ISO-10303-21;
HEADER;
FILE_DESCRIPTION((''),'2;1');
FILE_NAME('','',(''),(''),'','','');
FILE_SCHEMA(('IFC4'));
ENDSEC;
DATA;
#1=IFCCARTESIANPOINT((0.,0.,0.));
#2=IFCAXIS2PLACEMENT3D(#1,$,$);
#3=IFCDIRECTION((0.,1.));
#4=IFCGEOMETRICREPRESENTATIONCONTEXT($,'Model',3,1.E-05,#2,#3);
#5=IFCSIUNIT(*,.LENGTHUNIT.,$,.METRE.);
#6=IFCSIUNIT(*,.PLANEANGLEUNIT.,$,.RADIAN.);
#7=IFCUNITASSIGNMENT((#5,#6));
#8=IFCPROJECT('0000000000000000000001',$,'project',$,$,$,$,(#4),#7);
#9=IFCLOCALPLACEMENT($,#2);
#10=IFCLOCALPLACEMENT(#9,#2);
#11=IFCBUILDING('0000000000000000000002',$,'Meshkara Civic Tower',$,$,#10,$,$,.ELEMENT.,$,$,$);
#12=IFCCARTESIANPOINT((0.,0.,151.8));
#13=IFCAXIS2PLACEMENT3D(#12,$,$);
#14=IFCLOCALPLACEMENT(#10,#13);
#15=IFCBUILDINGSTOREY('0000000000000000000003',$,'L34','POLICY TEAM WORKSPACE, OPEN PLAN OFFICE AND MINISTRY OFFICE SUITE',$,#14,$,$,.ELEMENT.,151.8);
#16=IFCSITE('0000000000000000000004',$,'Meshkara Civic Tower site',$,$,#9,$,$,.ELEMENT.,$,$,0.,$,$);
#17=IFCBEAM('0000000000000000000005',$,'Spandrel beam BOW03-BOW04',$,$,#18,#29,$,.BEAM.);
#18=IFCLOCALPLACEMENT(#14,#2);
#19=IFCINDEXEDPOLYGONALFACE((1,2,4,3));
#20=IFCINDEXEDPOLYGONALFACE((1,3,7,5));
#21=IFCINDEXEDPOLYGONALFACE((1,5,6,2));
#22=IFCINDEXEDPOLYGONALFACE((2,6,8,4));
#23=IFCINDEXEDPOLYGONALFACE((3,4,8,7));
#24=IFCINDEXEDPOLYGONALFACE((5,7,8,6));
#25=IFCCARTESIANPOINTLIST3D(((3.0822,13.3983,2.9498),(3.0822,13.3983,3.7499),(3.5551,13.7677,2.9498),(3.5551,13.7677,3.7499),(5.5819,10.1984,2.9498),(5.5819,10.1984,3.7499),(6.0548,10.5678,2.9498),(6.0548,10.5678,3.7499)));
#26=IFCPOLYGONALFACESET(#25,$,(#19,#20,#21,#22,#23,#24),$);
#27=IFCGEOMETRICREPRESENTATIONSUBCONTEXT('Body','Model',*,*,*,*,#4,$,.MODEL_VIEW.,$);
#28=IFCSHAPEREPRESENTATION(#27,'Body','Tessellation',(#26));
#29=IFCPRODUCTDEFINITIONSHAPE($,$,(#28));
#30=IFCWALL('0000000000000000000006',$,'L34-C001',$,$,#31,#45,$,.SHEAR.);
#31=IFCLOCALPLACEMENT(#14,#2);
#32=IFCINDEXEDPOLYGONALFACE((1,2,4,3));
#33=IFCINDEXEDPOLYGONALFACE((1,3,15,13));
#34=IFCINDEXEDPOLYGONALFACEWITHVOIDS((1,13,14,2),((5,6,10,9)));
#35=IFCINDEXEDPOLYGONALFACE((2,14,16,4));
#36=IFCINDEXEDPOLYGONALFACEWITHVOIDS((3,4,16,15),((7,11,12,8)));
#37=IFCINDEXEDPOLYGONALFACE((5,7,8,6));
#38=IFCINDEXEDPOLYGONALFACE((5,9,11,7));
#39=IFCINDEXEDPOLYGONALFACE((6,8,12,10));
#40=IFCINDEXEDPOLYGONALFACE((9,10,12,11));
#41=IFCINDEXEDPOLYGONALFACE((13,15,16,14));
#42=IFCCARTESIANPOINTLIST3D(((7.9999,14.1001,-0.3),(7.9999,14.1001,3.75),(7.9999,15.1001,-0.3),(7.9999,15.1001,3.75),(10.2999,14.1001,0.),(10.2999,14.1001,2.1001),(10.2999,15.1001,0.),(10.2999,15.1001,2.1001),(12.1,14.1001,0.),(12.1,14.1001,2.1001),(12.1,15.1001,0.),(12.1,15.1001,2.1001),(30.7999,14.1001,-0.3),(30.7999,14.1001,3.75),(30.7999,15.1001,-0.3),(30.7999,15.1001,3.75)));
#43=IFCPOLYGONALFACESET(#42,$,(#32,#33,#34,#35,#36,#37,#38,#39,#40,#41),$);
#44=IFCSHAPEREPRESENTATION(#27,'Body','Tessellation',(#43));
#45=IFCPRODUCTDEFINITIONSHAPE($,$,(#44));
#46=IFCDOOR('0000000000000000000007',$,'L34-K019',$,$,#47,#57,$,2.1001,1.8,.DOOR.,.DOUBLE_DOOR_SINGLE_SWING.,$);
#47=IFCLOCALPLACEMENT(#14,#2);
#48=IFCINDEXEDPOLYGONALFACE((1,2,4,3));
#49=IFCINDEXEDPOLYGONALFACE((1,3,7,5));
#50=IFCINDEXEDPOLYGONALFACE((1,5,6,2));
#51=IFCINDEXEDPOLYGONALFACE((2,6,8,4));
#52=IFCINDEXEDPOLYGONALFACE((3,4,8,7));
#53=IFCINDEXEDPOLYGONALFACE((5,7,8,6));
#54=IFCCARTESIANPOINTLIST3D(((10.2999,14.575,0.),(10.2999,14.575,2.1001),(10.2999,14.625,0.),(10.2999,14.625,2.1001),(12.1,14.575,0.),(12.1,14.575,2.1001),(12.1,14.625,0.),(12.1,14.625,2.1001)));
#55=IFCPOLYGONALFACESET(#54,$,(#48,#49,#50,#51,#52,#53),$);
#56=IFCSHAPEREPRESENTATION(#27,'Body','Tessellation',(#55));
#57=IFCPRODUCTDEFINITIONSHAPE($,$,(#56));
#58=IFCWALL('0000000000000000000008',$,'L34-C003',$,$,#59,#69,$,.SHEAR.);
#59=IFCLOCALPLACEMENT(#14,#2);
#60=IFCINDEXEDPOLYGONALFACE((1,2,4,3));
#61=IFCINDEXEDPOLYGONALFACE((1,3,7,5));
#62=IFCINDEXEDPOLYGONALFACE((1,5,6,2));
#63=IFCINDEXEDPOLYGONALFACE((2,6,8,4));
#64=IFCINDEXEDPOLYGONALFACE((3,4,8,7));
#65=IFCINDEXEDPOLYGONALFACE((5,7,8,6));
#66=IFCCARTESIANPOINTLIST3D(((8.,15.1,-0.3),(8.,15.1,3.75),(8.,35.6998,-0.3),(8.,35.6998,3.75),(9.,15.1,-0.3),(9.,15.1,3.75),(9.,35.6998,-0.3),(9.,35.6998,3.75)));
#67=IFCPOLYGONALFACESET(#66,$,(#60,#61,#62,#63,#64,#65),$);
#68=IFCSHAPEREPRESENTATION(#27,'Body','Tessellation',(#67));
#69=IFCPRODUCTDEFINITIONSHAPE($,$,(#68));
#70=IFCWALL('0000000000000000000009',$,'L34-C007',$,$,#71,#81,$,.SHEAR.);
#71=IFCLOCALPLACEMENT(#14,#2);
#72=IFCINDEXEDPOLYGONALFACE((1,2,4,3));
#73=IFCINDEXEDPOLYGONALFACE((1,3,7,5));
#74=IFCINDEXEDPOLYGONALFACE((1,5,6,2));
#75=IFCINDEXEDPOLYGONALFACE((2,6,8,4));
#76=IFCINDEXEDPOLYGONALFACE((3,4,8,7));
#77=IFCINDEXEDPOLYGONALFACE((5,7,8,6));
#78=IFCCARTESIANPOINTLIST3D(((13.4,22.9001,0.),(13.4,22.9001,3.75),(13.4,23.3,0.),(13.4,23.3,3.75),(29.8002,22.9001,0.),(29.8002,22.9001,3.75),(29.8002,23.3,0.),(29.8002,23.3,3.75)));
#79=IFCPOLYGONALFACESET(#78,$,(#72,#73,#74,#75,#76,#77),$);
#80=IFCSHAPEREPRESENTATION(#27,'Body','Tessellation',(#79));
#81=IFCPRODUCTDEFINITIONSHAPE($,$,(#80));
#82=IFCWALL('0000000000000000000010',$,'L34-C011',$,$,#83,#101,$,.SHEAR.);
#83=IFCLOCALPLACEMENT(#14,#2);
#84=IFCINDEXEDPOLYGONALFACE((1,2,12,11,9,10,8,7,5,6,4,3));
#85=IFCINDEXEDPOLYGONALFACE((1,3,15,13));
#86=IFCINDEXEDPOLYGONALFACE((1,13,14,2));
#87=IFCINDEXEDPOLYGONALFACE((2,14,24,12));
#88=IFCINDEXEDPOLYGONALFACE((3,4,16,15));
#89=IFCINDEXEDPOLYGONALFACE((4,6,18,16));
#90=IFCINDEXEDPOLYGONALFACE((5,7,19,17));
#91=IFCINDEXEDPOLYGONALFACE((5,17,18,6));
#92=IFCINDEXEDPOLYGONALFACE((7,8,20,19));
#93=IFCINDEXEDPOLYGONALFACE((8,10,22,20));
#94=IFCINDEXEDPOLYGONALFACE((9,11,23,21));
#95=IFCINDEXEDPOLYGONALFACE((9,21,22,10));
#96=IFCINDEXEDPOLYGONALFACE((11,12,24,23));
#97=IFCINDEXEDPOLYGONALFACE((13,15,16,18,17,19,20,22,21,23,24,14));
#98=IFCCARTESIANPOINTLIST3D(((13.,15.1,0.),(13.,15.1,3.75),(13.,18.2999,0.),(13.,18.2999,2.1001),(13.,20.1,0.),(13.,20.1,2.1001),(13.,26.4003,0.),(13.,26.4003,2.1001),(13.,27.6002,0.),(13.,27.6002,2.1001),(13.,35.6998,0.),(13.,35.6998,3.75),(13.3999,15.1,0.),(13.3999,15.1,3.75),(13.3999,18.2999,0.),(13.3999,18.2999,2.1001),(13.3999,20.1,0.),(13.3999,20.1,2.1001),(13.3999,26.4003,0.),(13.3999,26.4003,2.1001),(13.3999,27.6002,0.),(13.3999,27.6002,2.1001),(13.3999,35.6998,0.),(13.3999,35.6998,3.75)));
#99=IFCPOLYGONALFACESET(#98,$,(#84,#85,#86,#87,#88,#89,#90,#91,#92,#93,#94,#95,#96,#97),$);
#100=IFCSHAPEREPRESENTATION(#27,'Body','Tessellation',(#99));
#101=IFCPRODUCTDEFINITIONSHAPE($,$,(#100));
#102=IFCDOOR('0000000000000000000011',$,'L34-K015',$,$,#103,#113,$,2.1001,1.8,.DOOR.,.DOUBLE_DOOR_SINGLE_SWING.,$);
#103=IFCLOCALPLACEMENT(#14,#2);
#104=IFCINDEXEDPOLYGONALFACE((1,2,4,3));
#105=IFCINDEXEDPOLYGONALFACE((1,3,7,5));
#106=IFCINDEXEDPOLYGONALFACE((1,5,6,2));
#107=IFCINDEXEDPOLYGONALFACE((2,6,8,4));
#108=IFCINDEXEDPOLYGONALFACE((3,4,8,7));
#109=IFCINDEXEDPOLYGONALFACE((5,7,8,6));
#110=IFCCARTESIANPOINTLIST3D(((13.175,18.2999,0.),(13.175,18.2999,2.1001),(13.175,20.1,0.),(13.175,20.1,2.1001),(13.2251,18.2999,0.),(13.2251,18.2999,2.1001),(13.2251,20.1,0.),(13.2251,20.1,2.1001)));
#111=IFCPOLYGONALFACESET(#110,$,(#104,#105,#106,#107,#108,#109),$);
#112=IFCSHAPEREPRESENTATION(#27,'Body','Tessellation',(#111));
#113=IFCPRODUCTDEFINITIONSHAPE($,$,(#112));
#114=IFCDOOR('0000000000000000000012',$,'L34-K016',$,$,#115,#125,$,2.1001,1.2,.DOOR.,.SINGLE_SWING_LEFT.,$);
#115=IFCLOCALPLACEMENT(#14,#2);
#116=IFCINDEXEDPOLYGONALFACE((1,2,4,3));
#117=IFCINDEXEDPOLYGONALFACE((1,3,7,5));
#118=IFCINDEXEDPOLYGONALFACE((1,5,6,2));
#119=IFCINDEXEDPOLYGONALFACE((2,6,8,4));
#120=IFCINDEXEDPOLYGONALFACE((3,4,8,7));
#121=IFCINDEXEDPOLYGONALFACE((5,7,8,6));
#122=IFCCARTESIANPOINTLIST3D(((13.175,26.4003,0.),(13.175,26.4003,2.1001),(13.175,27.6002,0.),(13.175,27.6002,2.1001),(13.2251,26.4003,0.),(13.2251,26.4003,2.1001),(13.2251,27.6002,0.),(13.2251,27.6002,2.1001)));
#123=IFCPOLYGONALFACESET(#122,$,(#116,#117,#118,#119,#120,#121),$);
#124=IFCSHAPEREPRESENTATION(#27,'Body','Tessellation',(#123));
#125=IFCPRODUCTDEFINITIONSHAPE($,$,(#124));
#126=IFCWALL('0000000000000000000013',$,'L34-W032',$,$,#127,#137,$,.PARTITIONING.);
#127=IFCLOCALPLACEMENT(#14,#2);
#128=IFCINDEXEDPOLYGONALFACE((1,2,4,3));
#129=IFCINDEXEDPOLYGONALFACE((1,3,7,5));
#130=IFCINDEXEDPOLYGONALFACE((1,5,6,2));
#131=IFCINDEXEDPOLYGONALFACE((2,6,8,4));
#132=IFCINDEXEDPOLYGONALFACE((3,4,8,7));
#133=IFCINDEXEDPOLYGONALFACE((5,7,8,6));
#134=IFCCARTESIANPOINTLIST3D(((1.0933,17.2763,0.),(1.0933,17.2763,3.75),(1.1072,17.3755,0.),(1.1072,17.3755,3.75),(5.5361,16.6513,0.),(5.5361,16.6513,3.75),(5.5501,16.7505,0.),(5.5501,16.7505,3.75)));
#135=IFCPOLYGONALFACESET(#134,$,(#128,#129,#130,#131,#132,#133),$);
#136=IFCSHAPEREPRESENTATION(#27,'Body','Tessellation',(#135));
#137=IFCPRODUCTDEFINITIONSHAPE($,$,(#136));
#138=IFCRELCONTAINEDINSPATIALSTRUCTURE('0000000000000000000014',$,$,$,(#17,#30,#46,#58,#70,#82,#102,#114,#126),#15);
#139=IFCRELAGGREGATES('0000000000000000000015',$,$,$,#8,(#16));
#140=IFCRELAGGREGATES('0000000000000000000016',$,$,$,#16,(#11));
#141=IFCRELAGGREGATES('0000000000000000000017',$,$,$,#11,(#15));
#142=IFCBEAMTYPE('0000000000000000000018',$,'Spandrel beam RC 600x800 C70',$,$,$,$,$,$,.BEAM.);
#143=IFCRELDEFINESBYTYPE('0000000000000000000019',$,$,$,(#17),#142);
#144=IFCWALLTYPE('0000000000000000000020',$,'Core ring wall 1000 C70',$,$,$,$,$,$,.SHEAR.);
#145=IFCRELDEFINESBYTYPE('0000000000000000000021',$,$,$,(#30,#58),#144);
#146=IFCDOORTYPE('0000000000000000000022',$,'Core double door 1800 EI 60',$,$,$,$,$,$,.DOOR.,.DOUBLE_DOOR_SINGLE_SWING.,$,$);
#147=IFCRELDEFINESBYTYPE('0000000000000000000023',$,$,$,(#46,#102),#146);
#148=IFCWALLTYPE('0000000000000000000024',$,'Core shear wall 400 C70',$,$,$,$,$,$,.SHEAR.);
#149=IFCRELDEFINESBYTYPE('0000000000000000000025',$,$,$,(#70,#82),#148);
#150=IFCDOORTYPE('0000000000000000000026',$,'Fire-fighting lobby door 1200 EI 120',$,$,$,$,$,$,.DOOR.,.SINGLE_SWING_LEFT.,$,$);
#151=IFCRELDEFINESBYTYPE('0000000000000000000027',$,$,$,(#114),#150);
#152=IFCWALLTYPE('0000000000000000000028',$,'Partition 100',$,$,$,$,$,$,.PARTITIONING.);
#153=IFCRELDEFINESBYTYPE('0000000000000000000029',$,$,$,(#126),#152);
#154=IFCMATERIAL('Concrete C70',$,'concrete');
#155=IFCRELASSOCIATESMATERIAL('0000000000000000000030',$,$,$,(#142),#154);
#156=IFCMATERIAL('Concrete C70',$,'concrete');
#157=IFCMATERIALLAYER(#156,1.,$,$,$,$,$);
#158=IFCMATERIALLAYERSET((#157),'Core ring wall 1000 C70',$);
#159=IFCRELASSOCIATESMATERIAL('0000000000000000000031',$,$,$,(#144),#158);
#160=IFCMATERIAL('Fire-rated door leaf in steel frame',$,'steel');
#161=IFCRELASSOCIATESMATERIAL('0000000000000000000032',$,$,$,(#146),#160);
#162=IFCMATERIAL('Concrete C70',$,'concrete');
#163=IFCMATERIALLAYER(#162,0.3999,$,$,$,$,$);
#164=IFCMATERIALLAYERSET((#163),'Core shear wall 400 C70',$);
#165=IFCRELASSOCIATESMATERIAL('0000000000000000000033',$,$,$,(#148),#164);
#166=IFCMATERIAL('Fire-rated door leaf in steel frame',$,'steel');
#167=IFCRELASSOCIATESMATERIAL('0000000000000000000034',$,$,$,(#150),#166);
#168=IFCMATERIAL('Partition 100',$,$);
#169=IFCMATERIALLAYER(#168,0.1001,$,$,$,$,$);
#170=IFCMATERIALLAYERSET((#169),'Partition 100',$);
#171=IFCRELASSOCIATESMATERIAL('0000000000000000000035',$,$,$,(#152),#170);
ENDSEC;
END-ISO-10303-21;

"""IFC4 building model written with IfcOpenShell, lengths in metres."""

from ifc_helpers import new_model, si_unit, direction, frame, frame_2d, origin, origin_2d, place, context, subcontext, project, spatial, rectangle, extrude, material, layer, layer_set, material_profile, profile_set, type_object, element, fill, save


model = new_model("IFC4")

# Units and contexts
model_context = context("Model", 3, precision=1e-05, world=origin(), true_north=direction((0.0, 1.0)))
body_context = subcontext(model_context, "Body", "Model", "MODEL_VIEW")
ifc_project = project(units=[si_unit("LENGTHUNIT", "METRE"), si_unit("PLANEANGLEUNIT", "RADIAN")], contexts=[model_context])

# Site, building, storey
site_placement = place(None, origin())
site = spatial("IfcSite", under=ifc_project, at=site_placement, Name="Meshkara Civic Tower site", CompositionType="ELEMENT", RefElevation=0.0)
building_placement = place(site_placement, origin())
building = spatial("IfcBuilding", under=site, at=building_placement, Name="Meshkara Civic Tower", CompositionType="ELEMENT")
storey_placement = place(building_placement, frame((0.0, 0.0, 151.8)))
storey = spatial("IfcBuildingStorey", under=building, at=storey_placement, Name="L34", Description="POLICY TEAM WORKSPACE, OPEN PLAN OFFICE AND MINISTRY OFFICE SUITE", CompositionType="ELEMENT", Elevation=151.8)

# Beam
ifc_material_1 = material(Name="Concrete C70", Category="concrete")
ifc_material_profile = material_profile(ifc_material_1, rectangle(XDim=0.6001, YDim=0.8, at=origin_2d()))
ifc_profile_set = profile_set([ifc_material_profile], Name="Concrete C70")
beam_type = type_object("IfcBeamType", Name="Spandrel beam RC 600x800 C70", PredefinedType="BEAM", material=ifc_profile_set)
beam_placement = place(storey_placement, frame((3.3186, 13.583, 3.3499), z_axis=(0.615613, -0.788049, 0.0), x_axis=(0.788049, 0.615613, 0.0)))
element("IfcBeam", 1, at=beam_placement, inside=storey, type_object=beam_type, Name="Spandrel beam BOW03-BOW04", PredefinedType="BEAM", context=body_context, shape_type="SweptSolid", body=[
    extrude(rectangle(XDim=0.6001, YDim=0.8, at=origin_2d()), origin(), (0.0, 0.0, 1.0), 4.0605),
])

# Wall, opening, door
ifc_material_2 = material(Name="Concrete C70", Category="concrete")
ifc_layer_1 = layer(ifc_material_2, 1.0)
ifc_layer_set_1 = layer_set([ifc_layer_1], Name="Core ring wall 1000 C70")
wall_type_1 = type_object("IfcWallType", Name="Core ring wall 1000 C70", PredefinedType="SHEAR", material=ifc_layer_set_1)
wall_1_placement = place(storey_placement, frame((8.0, 14.6001, -0.3), z_axis=(0.0, 0.0, 1.0), x_axis=(1.0, 0.0, 0.0)))
wall_1 = element("IfcWall", 2, at=wall_1_placement, inside=storey, type_object=wall_type_1, Name="L34-C001", PredefinedType="SHEAR", context=body_context, shape_type="SweptSolid", body=[
    extrude(rectangle(XDim=22.8, YDim=1.0, at=frame_2d((11.3999, 0.0))), origin(), (0.0, 0.0, 1.0), 4.05),
])
opening_1_placement = place(wall_1_placement, frame((2.3, 0.0, 0.3)))
opening_1 = element("IfcOpeningElement", 3, at=opening_1_placement, cuts=wall_1, PredefinedType="OPENING", context=body_context, shape_type="SweptSolid", body=[
    extrude(rectangle(XDim=1.8, YDim=2.1001, at=frame_2d((0.8999, 1.05))), frame((0.0, 0.51, 0.0), z_axis=(0.0, -1.0, 0.0), x_axis=(1.0, 0.0, 0.0)), (0.0, 0.0, 1.0), 1.02),
])
ifc_material_3 = material(Name="Fire-rated door leaf in steel frame", Category="steel")
door_type_1 = type_object("IfcDoorType", Name="Core double door 1800 EI 60", OperationType="DOUBLE_DOOR_SINGLE_SWING", PredefinedType="DOOR", material=ifc_material_3)
door_1_placement = place(opening_1_placement, origin())
door_1 = element("IfcDoor", 4, at=door_1_placement, inside=storey, type_object=door_type_1, Name="L34-K019", OperationType="DOUBLE_DOOR_SINGLE_SWING", OverallHeight=2.1001, OverallWidth=1.8, PredefinedType="DOOR", context=body_context, shape_type="SweptSolid", body=[
    extrude(rectangle(XDim=1.8, YDim=2.1001, at=frame_2d((0.8999, 1.05))), frame((0.0, 0.0249, 0.0), z_axis=(0.0, -1.0, 0.0), x_axis=(1.0, 0.0, 0.0)), (0.0, 0.0, 1.0), 0.05),
])
fill(opening_1, door_1)

# Walls
wall_2_placement = place(storey_placement, frame((8.5, 15.1001, -0.3), z_axis=(0.0, 0.0, 1.0), x_axis=(0.0, 1.0, 0.0)))
element("IfcWall", 5, at=wall_2_placement, inside=storey, type_object=wall_type_1, Name="L34-C003", PredefinedType="SHEAR", context=body_context, shape_type="SweptSolid", body=[
    extrude(rectangle(XDim=20.5999, YDim=1.0, at=frame_2d((10.2998, 0.0))), origin(), (0.0, 0.0, 1.0), 4.05),
])
ifc_material_4 = material(Name="Concrete C70", Category="concrete")
ifc_layer_2 = layer(ifc_material_4, 0.3999)
ifc_layer_set_2 = layer_set([ifc_layer_2], Name="Core shear wall 400 C70")
wall_type_2 = type_object("IfcWallType", Name="Core shear wall 400 C70", PredefinedType="SHEAR", material=ifc_layer_set_2)
wall_3_placement = place(storey_placement, frame((13.3999, 23.1001, 0.0), z_axis=(0.0, 0.0, 1.0), x_axis=(1.0, 0.0, 0.0)))
element("IfcWall", 6, at=wall_3_placement, inside=storey, type_object=wall_type_2, Name="L34-C007", PredefinedType="SHEAR", context=body_context, shape_type="SweptSolid", body=[
    extrude(rectangle(XDim=16.4001, YDim=0.3999, at=frame_2d((8.2002, 0.0))), origin(), (0.0, 0.0, 1.0), 3.75),
])

# Wall, openings, doors
wall_4_placement = place(storey_placement, frame((13.2, 15.1001, 0.0), z_axis=(0.0, 0.0, 1.0), x_axis=(0.0, 1.0, 0.0)))
wall_4 = element("IfcWall", 7, at=wall_4_placement, inside=storey, type_object=wall_type_2, Name="L34-C011", PredefinedType="SHEAR", context=body_context, shape_type="SweptSolid", body=[
    extrude(rectangle(XDim=20.5999, YDim=0.3999, at=frame_2d((10.2998, 0.0))), origin(), (0.0, 0.0, 1.0), 3.75),
])
opening_2_placement = place(wall_4_placement, frame((3.2, 0.0, 0.0)))
opening_2 = element("IfcOpeningElement", 8, at=opening_2_placement, cuts=wall_4, PredefinedType="OPENING", context=body_context, shape_type="SweptSolid", body=[
    extrude(rectangle(XDim=1.8, YDim=2.1001, at=frame_2d((0.8999, 1.05))), frame((0.0, 0.21, 0.0), z_axis=(0.0, -1.0, 0.0), x_axis=(1.0, 0.0, 0.0)), (0.0, 0.0, 1.0), 0.4199),
])
opening_3_placement = place(wall_4_placement, frame((11.3, 0.0, 0.0)))
opening_3 = element("IfcOpeningElement", 9, at=opening_3_placement, cuts=wall_4, PredefinedType="OPENING", context=body_context, shape_type="SweptSolid", body=[
    extrude(rectangle(XDim=1.2, YDim=2.1001, at=frame_2d((0.6001, 1.05))), frame((0.0, 0.21, 0.0), z_axis=(0.0, -1.0, 0.0), x_axis=(1.0, 0.0, 0.0)), (0.0, 0.0, 1.0), 0.4199),
])
door_2_placement = place(opening_2_placement, origin())
door_2 = element("IfcDoor", 10, at=door_2_placement, inside=storey, type_object=door_type_1, Name="L34-K015", OperationType="DOUBLE_DOOR_SINGLE_SWING", OverallHeight=2.1001, OverallWidth=1.8, PredefinedType="DOOR", context=body_context, shape_type="SweptSolid", body=[
    extrude(rectangle(XDim=1.8, YDim=2.1001, at=frame_2d((0.8999, 1.05))), frame((0.0, 0.0249, 0.0), z_axis=(0.0, -1.0, 0.0), x_axis=(1.0, 0.0, 0.0)), (0.0, 0.0, 1.0), 0.05),
])
fill(opening_2, door_2)
ifc_material_5 = material(Name="Fire-rated door leaf in steel frame", Category="steel")
door_type_2 = type_object("IfcDoorType", Name="Fire-fighting lobby door 1200 EI 120", OperationType="SINGLE_SWING_LEFT", PredefinedType="DOOR", material=ifc_material_5)
door_3_placement = place(opening_3_placement, origin())
door_3 = element("IfcDoor", 11, at=door_3_placement, inside=storey, type_object=door_type_2, Name="L34-K016", OperationType="SINGLE_SWING_LEFT", OverallHeight=2.1001, OverallWidth=1.2, PredefinedType="DOOR", context=body_context, shape_type="SweptSolid", body=[
    extrude(rectangle(XDim=1.2, YDim=2.1001, at=frame_2d((0.6001, 1.05))), frame((0.0, 0.0249, 0.0), z_axis=(0.0, -1.0, 0.0), x_axis=(1.0, 0.0, 0.0)), (0.0, 0.0, 1.0), 0.05),
])
fill(opening_3, door_3)

# Wall
ifc_material_6 = material(Name="Partition 100")
ifc_layer_3 = layer(ifc_material_6, 0.1001)
ifc_layer_set_3 = layer_set([ifc_layer_3], Name="Partition 100")
wall_type_3 = type_object("IfcWallType", Name="Partition 100", PredefinedType="PARTITIONING", material=ifc_layer_set_3)
wall_5_placement = place(storey_placement, frame((5.543, 16.7009, 0.0), z_axis=(0.0, 0.0, 1.0), x_axis=(-0.99025, 0.139303, 0.0)))
element("IfcWall", 12, at=wall_5_placement, inside=storey, type_object=wall_type_3, Name="L34-W032", PredefinedType="PARTITIONING", context=body_context, shape_type="SweptSolid", body=[
    extrude(rectangle(XDim=4.4866, YDim=0.1001, at=frame_2d((2.2432, 0.0))), origin(), (0.0, 0.0, 1.0), 3.75),
])

save(model, "model.ifc")
